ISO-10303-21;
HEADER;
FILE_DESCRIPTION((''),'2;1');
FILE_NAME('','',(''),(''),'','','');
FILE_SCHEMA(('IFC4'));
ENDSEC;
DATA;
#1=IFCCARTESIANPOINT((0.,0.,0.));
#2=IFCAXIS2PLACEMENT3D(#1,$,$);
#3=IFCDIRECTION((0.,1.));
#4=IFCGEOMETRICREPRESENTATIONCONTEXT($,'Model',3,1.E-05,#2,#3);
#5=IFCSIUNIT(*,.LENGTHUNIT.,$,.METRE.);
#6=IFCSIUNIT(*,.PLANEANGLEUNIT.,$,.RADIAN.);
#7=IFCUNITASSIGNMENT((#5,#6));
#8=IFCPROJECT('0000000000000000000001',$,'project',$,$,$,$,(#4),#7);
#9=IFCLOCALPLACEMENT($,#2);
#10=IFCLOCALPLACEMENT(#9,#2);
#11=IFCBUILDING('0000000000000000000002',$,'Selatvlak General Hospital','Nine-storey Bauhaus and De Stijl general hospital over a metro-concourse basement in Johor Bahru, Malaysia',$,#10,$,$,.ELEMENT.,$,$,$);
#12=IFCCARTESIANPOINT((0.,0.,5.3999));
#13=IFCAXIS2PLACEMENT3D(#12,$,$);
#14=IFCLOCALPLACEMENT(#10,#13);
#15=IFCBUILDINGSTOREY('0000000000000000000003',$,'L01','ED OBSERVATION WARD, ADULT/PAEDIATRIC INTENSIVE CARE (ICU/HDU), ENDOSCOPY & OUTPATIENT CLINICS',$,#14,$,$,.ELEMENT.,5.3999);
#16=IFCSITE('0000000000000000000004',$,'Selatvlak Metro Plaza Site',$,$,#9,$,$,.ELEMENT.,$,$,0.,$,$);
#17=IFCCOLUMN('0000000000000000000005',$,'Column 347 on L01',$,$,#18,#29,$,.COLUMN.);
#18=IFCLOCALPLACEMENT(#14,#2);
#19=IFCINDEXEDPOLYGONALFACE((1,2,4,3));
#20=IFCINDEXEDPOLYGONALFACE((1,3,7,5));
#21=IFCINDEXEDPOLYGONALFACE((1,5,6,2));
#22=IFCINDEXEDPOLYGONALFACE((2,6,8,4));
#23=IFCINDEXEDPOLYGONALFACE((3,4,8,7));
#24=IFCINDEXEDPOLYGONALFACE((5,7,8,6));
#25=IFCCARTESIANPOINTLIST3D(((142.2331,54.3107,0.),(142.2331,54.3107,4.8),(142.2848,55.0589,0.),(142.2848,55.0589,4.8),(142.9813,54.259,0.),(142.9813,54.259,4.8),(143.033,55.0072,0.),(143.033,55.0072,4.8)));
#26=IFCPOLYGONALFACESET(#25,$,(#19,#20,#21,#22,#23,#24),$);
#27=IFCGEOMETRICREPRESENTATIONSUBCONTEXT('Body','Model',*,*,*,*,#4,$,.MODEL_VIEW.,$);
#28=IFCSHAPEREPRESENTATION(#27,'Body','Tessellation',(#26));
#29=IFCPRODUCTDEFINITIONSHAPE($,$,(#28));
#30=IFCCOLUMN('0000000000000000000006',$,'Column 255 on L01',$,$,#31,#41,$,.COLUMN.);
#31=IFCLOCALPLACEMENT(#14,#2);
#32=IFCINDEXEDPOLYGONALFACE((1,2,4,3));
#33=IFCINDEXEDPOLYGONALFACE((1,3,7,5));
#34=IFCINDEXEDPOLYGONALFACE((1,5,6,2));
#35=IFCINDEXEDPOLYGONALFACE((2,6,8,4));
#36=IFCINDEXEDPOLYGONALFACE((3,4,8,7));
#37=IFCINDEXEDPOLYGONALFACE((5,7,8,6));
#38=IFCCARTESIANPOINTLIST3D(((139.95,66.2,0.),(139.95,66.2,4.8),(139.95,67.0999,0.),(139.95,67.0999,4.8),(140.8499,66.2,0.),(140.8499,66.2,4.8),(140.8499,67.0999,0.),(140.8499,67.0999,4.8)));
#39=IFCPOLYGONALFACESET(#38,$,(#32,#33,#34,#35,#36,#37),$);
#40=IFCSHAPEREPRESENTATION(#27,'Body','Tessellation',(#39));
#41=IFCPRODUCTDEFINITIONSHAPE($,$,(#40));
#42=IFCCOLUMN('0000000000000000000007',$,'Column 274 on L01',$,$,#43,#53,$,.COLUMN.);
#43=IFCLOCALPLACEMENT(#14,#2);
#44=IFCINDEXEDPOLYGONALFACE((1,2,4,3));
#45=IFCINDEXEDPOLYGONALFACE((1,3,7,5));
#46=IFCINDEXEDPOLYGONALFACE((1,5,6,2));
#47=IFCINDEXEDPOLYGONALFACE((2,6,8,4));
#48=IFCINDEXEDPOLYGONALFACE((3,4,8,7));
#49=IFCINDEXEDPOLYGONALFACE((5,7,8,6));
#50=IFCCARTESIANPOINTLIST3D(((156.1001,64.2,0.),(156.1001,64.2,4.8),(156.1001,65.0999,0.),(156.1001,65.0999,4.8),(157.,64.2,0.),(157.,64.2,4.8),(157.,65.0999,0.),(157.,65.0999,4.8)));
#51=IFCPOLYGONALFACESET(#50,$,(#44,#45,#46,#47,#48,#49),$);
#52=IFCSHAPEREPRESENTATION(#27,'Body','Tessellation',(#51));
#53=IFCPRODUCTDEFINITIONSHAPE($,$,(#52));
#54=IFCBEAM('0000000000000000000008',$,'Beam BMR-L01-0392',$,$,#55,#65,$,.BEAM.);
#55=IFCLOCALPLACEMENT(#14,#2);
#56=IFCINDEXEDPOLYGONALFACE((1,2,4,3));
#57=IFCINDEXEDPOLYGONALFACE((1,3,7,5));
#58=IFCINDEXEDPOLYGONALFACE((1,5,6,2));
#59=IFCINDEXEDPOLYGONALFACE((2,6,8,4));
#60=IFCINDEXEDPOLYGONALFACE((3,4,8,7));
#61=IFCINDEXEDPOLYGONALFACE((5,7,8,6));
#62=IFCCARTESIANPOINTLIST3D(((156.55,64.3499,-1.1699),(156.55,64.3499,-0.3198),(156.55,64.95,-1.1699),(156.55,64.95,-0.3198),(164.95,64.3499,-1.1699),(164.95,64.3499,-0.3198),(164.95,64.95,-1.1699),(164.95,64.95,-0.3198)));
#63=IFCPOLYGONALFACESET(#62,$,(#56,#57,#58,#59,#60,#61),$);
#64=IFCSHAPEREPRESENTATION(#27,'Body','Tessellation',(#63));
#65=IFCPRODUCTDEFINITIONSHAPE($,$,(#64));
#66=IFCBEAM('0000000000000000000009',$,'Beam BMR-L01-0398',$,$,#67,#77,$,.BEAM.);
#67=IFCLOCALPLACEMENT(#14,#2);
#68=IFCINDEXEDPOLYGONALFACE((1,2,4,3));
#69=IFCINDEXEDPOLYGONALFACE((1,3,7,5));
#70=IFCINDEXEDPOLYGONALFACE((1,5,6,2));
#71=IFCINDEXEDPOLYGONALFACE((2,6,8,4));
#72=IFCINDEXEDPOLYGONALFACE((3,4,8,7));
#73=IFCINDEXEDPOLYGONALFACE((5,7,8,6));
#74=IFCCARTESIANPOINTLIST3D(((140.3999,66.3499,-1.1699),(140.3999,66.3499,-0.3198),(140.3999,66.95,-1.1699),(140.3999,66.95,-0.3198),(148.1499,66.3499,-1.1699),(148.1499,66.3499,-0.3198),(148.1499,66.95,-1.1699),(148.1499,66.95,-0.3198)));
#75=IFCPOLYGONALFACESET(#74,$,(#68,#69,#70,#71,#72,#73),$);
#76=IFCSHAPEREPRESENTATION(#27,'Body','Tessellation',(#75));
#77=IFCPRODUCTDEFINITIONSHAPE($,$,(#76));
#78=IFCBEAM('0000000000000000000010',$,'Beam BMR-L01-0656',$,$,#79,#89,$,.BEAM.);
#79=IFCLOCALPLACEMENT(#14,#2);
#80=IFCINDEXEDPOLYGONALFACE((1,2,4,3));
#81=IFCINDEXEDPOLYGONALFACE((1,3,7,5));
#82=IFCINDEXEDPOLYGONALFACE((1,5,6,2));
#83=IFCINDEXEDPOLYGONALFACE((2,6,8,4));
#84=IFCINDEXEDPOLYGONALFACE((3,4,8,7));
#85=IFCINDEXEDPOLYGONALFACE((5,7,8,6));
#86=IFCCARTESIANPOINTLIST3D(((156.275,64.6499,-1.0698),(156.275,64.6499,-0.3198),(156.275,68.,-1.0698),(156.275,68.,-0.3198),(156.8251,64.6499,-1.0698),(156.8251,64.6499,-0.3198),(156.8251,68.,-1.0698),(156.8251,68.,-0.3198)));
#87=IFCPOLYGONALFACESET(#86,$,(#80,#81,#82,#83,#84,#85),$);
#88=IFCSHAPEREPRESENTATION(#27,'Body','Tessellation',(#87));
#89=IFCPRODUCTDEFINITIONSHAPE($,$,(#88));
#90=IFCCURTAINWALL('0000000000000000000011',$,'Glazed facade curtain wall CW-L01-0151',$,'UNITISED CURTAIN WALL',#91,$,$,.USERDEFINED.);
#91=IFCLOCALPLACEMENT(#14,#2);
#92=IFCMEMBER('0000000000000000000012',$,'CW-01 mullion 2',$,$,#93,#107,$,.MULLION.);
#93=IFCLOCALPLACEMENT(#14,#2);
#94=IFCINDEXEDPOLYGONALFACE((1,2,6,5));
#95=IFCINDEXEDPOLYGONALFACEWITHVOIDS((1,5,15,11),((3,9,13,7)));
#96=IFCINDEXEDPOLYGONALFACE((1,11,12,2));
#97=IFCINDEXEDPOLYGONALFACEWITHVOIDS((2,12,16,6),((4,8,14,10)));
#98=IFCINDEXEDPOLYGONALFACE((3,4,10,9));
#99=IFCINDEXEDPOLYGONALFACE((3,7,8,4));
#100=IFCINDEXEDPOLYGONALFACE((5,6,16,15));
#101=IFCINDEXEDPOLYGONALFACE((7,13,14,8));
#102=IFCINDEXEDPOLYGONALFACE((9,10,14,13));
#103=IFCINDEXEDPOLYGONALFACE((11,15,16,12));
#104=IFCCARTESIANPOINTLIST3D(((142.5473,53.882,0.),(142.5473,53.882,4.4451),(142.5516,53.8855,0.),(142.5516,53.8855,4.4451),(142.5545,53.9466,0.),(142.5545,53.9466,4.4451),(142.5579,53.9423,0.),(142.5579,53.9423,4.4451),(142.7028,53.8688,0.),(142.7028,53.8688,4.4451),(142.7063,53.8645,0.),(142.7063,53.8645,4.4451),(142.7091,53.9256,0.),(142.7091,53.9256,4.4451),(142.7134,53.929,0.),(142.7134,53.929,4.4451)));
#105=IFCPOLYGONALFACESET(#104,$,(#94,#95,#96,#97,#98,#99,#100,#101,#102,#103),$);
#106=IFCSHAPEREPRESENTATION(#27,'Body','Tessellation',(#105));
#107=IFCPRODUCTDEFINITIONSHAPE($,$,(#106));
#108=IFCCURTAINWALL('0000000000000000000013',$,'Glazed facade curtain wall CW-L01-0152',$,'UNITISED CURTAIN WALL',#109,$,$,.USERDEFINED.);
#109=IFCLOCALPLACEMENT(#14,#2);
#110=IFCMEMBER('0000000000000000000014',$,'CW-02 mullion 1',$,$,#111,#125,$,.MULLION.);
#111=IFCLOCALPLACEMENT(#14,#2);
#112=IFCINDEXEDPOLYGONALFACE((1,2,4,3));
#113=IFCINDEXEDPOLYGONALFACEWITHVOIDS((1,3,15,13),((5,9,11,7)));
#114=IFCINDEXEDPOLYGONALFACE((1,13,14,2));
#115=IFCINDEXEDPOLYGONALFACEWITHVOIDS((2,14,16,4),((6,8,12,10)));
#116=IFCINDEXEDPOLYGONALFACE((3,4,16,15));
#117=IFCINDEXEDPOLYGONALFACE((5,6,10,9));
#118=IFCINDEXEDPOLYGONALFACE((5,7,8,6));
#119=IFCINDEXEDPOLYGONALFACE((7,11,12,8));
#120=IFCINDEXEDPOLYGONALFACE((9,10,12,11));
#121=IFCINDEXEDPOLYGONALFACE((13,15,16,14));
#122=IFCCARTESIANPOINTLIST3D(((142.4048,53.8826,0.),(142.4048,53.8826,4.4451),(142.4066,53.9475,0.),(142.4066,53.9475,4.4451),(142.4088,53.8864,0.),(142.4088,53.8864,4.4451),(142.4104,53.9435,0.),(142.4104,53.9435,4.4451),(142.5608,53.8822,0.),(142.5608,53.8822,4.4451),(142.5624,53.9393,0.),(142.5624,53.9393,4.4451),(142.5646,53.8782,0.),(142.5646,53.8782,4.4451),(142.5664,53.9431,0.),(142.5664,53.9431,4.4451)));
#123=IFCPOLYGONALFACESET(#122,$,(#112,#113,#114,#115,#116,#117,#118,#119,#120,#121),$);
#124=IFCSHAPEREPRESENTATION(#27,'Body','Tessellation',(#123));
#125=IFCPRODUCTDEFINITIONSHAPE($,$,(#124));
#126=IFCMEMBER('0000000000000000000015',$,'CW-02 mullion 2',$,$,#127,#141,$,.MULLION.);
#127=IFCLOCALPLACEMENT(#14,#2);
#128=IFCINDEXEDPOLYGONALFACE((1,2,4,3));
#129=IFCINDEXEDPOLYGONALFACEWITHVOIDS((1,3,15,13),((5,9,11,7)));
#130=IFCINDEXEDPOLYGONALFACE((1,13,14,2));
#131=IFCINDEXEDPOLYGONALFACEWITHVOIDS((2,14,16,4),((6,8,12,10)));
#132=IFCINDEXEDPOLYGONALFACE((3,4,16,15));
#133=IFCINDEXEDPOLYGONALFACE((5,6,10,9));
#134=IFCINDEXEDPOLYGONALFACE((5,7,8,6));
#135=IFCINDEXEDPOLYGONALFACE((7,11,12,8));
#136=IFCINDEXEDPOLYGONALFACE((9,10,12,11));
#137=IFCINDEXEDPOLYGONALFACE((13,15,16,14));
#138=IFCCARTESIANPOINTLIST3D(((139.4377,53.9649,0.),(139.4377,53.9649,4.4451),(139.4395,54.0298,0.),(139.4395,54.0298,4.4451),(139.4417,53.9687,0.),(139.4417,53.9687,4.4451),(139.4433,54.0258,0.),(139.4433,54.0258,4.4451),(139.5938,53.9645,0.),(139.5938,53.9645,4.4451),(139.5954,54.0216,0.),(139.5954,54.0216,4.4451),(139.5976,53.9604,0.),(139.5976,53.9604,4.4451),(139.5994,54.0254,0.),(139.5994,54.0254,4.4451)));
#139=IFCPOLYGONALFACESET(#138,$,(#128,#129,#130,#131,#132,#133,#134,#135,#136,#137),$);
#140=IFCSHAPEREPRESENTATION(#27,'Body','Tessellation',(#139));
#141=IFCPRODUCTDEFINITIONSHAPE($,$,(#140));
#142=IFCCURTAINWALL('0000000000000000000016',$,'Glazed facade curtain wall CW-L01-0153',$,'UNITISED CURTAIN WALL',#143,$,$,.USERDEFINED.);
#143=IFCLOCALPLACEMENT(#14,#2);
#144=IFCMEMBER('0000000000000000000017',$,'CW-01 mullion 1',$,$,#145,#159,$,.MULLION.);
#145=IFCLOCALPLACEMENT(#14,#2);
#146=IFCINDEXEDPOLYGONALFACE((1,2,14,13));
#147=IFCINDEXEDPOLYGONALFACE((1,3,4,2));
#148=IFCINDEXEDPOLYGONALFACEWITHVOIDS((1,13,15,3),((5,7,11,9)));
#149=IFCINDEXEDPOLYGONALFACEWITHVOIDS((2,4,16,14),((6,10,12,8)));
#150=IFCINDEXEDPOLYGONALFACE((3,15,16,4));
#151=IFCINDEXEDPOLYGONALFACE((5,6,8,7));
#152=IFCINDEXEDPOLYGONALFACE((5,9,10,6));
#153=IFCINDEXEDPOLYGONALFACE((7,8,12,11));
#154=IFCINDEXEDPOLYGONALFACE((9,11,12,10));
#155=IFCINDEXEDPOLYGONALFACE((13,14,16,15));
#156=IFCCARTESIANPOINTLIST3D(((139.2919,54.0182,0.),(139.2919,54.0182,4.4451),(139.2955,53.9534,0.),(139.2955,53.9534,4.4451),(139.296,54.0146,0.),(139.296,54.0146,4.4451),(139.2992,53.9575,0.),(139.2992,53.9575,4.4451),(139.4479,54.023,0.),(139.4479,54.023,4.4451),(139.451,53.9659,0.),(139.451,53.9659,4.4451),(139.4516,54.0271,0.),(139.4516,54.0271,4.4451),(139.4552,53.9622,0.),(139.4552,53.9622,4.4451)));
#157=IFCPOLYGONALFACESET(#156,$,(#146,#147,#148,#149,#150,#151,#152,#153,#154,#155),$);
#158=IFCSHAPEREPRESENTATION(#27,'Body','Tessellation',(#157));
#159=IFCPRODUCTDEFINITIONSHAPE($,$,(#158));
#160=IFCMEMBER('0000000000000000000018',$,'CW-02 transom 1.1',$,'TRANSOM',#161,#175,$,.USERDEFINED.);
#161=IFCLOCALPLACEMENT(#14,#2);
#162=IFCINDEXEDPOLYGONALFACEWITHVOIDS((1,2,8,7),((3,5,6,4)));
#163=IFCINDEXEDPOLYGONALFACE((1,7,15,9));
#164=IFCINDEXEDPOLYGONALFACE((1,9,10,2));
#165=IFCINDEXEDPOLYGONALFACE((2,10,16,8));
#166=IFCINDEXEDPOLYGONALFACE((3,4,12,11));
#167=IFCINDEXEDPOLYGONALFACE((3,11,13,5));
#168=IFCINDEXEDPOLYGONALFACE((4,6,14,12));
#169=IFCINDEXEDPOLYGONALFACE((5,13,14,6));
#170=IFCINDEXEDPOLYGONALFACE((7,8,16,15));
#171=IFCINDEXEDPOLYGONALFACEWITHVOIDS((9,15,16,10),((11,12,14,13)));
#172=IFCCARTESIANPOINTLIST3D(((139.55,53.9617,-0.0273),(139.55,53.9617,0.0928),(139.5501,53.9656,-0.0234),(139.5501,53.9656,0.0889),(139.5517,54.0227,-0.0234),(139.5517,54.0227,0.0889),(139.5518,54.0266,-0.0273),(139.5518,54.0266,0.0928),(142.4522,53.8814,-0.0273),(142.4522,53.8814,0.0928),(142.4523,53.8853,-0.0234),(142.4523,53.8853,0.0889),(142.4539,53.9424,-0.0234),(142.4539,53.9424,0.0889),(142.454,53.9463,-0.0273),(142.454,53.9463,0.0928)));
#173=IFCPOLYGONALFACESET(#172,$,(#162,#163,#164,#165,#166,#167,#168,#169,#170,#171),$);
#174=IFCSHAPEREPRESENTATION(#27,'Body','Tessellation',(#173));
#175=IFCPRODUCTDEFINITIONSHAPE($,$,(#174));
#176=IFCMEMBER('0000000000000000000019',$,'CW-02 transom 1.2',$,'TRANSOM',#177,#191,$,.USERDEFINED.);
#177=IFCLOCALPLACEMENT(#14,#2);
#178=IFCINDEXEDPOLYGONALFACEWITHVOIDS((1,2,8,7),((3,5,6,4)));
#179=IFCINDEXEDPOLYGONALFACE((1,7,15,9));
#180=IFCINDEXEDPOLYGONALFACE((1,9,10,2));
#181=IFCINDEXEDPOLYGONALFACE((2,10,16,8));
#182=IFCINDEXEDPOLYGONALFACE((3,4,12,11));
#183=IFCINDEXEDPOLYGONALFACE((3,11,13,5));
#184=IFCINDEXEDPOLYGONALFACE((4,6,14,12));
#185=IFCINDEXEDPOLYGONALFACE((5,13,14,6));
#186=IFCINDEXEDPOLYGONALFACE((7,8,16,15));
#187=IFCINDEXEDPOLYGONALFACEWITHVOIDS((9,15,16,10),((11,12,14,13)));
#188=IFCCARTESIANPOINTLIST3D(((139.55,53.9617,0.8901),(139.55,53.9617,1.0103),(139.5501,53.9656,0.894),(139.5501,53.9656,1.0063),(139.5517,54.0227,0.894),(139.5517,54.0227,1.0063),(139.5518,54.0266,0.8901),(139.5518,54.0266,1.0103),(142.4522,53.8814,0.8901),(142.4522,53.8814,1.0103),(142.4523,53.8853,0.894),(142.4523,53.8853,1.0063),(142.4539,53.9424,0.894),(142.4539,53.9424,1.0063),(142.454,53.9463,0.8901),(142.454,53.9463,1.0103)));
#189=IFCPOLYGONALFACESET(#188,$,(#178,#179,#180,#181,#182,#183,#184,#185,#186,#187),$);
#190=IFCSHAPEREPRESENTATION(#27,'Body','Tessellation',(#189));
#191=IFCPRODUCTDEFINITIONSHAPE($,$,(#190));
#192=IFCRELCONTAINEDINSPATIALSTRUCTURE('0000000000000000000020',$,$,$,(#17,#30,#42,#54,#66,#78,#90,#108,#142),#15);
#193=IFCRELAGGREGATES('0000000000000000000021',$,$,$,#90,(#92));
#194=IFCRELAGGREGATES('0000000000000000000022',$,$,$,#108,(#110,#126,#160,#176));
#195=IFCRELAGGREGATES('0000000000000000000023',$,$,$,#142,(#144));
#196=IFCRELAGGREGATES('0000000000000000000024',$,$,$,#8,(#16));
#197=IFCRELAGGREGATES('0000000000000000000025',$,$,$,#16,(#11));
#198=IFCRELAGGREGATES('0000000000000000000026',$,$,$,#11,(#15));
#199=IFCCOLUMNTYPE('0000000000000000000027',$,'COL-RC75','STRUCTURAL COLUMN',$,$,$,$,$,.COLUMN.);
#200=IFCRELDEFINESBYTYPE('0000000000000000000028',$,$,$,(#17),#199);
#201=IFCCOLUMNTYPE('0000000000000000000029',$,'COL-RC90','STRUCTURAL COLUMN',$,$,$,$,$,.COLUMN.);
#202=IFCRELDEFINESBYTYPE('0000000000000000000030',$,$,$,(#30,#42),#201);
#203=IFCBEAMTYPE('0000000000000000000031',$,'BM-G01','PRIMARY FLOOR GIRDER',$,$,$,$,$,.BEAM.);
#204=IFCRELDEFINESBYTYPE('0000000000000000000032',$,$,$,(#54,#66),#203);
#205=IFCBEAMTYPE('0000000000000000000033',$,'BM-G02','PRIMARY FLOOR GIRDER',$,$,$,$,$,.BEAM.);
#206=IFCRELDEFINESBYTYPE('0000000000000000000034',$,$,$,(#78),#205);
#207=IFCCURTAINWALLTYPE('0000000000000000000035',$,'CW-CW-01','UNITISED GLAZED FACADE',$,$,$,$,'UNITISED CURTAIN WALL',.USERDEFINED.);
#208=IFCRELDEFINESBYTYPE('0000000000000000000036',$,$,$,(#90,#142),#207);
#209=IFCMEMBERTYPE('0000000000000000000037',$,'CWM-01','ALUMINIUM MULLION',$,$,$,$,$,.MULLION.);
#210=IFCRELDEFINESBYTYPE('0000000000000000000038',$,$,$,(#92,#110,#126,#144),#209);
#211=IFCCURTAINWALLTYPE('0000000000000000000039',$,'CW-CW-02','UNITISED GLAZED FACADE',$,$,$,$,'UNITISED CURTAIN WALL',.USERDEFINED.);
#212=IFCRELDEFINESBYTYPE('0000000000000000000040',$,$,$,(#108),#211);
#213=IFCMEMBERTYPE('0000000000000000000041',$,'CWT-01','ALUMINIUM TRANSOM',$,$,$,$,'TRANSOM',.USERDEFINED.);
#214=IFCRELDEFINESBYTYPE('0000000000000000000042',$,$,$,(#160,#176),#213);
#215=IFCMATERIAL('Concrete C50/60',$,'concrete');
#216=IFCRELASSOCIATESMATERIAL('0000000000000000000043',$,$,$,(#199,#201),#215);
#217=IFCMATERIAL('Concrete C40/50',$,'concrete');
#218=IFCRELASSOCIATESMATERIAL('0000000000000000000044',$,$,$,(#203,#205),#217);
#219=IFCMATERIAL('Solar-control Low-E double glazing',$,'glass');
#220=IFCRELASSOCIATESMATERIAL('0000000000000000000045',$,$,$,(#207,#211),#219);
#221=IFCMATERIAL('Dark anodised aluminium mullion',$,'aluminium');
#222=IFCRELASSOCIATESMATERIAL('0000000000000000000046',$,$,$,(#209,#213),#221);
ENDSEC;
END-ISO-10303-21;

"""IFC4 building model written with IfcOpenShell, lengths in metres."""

from ifc_helpers import new_model, si_unit, direction, frame, origin, origin_2d, place, context, subcontext, project, spatial, rectangle, hollow_rectangle, extrude, material, material_profile, profile_set, type_object, element, aggregate, save


model = new_model("IFC4")

# Units and contexts
model_context = context("Model", 3, precision=1e-05, world=origin(), true_north=direction((0.0, 1.0)))
body_context = subcontext(model_context, "Body", "Model", "MODEL_VIEW")
ifc_project = project(units=[si_unit("LENGTHUNIT", "METRE"), si_unit("PLANEANGLEUNIT", "RADIAN")], contexts=[model_context])

# Site, building, storey
site_placement = place(None, origin())
site = spatial("IfcSite", under=ifc_project, at=site_placement, Name="Selatvlak Metro Plaza Site", CompositionType="ELEMENT", RefElevation=0.0)
building_placement = place(site_placement, origin())
building = spatial("IfcBuilding", under=site, at=building_placement, Name="Selatvlak General Hospital", Description="Nine-storey Bauhaus and De Stijl general hospital over a metro-concourse basement in Johor Bahru, Malaysia", CompositionType="ELEMENT")
storey_placement = place(building_placement, frame((0.0, 0.0, 5.3999)))
storey = spatial("IfcBuildingStorey", under=building, at=storey_placement, Name="L01", Description="ED OBSERVATION WARD, ADULT/PAEDIATRIC INTENSIVE CARE (ICU/HDU), ENDOSCOPY & OUTPATIENT CLINICS", CompositionType="ELEMENT", Elevation=5.3999)

# Columns
ifc_material_1 = material(Name="Concrete C50/60", Category="concrete")
ifc_material_profile_1 = material_profile(ifc_material_1, rectangle(XDim=0.75, YDim=0.75, at=origin_2d()), Name="RC-COL 750x750")
ifc_profile_set_1 = profile_set([ifc_material_profile_1], Name="Concrete C50/60")
column_type_1 = type_object("IfcColumnType", Name="COL-RC75", Description="STRUCTURAL COLUMN", PredefinedType="COLUMN", material=ifc_profile_set_1)
column_placement = place(storey_placement, frame((142.6331, 54.6589, 0.0), z_axis=(0.0, 0.0, 1.0), x_axis=(0.068938, 0.997621, 0.0)))
element("IfcColumn", 1, at=column_placement, inside=storey, type_object=column_type_1, Name="Column 347 on L01", PredefinedType="COLUMN", context=body_context, shape_type="SweptSolid", body=[
    extrude(rectangle(XDim=0.75, YDim=0.75, at=origin_2d()), origin(), (0.0, 0.0, 1.0), 4.8),
])
ifc_material_profile_2 = material_profile(ifc_material_1, rectangle(XDim=0.8999, YDim=0.8999, at=origin_2d()), Name="RC-COL 900x900")
ifc_profile_set_2 = profile_set([ifc_material_profile_2], Name="Concrete C50/60")
column_type_2 = type_object("IfcColumnType", Name="COL-RC90", Description="STRUCTURAL COLUMN", PredefinedType="COLUMN", material=ifc_profile_set_2)
for number, where, z_axis, x_axis, name in (
    (2, (140.3999, 66.6499, 0.0), (0.0, 0.0, 1.0), (1.0, 0.0, 0.0), "Column 255 on L01"),
    (3, (156.55, 64.6499, 0.0), (0.0, 0.0, 1.0), (1.0, 0.0, 0.0), "Column 274 on L01"),
):
    element("IfcColumn", number, at=place(storey_placement, frame(where, z_axis=z_axis, x_axis=x_axis)), inside=storey, type_object=column_type_2, Name=name, PredefinedType="COLUMN", context=body_context, shape_type="SweptSolid", body=[
        extrude(rectangle(XDim=0.8999, YDim=0.8999, at=origin_2d()), origin(), (0.0, 0.0, 1.0), 4.8),
    ])

# Beams
ifc_material_2 = material(Name="Concrete C40/50", Category="concrete")
ifc_material_profile_3 = material_profile(ifc_material_2, rectangle(XDim=0.6001, YDim=0.8501, at=origin_2d()), Name="RC-BM 600x850")
ifc_profile_set_3 = profile_set([ifc_material_profile_3], Name="Concrete C40/50")
beam_type_1 = type_object("IfcBeamType", Name="BM-G01", Description="PRIMARY FLOOR GIRDER", PredefinedType="BEAM", material=ifc_profile_set_3)
beam_1_placement = place(storey_placement, frame((156.55, 64.6499, -0.7449), z_axis=(1.0, 0.0, 0.0), x_axis=(0.0, 1.0, 0.0)))
element("IfcBeam", 4, at=beam_1_placement, inside=storey, type_object=beam_type_1, Name="Beam BMR-L01-0392", PredefinedType="BEAM", context=body_context, shape_type="SweptSolid", body=[
    extrude(rectangle(XDim=0.6001, YDim=0.8501, at=origin_2d()), origin(), (0.0, 0.0, 1.0), 8.3999),
])
beam_2_placement = place(storey_placement, frame((140.3999, 66.6499, -0.7449), z_axis=(1.0, 0.0, 0.0), x_axis=(0.0, 1.0, 0.0)))
element("IfcBeam", 5, at=beam_2_placement, inside=storey, type_object=beam_type_1, Name="Beam BMR-L01-0398", PredefinedType="BEAM", context=body_context, shape_type="SweptSolid", body=[
    extrude(rectangle(XDim=0.6001, YDim=0.8501, at=origin_2d()), origin(), (0.0, 0.0, 1.0), 7.75),
])
ifc_material_profile_4 = material_profile(ifc_material_2, rectangle(XDim=0.55, YDim=0.75, at=origin_2d()), Name="RC-BM 550x750")
ifc_profile_set_4 = profile_set([ifc_material_profile_4], Name="Concrete C40/50")
beam_type_2 = type_object("IfcBeamType", Name="BM-G02", Description="PRIMARY FLOOR GIRDER", PredefinedType="BEAM", material=ifc_profile_set_4)
beam_3_placement = place(storey_placement, frame((156.55, 64.6499, -0.6948), z_axis=(0.0, 1.0, 0.0), x_axis=(-1.0, 0.0, 0.0)))
element("IfcBeam", 6, at=beam_3_placement, inside=storey, type_object=beam_type_2, Name="Beam BMR-L01-0656", PredefinedType="BEAM", context=body_context, shape_type="SweptSolid", body=[
    extrude(rectangle(XDim=0.55, YDim=0.75, at=origin_2d()), origin(), (0.0, 0.0, 1.0), 3.3501),
])

# Curtain wall, member
ifc_material_3 = material(Name="Solar-control Low-E double glazing", Category="glass")
curtain_wall_type_1 = type_object("IfcCurtainWallType", Name="CW-CW-01", Description="UNITISED GLAZED FACADE", ElementType="UNITISED CURTAIN WALL", PredefinedType="USERDEFINED", material=ifc_material_3)
curtain_wall_1_placement = place(storey_placement, origin())
curtain_wall_1 = element("IfcCurtainWall", 7, at=curtain_wall_1_placement, inside=storey, type_object=curtain_wall_type_1, Name="Glazed facade curtain wall CW-L01-0151", ObjectType="UNITISED CURTAIN WALL", PredefinedType="USERDEFINED")
ifc_material_4 = material(Name="Dark anodised aluminium mullion", Category="aluminium")
ifc_material_profile_5 = material_profile(ifc_material_4, hollow_rectangle(XDim=0.0649, YDim=0.1599, WallThickness=0.0039, at=origin_2d()), Name="AL-MUL 65x160x4")
ifc_profile_set_5 = profile_set([ifc_material_profile_5], Name="Dark anodised aluminium mullion")
member_type_1 = type_object("IfcMemberType", Name="CWM-01", Description="ALUMINIUM MULLION", PredefinedType="MULLION", material=ifc_profile_set_5)
member_1_placement = place(storey_placement, frame((142.6304, 53.9055, 0.0), z_axis=(0.0, 0.0, 1.0), x_axis=(-0.10978, -0.993956, 0.0)))
member_1 = element("IfcMember", 8, at=member_1_placement, type_object=member_type_1, Name="CW-01 mullion 2", PredefinedType="MULLION", context=body_context, shape_type="SweptSolid", body=[
    extrude(hollow_rectangle(XDim=0.0649, YDim=0.1599, WallThickness=0.0039, at=origin_2d()), origin(), (0.0, 0.0, 1.0), 4.4451),
])

# Curtain wall, members
curtain_wall_type_2 = type_object("IfcCurtainWallType", Name="CW-CW-02", Description="UNITISED GLAZED FACADE", ElementType="UNITISED CURTAIN WALL", PredefinedType="USERDEFINED", material=ifc_material_3)
curtain_wall_2_placement = place(storey_placement, origin())
curtain_wall_2 = element("IfcCurtainWall", 9, at=curtain_wall_2_placement, inside=storey, type_object=curtain_wall_type_2, Name="Glazed facade curtain wall CW-L01-0152", ObjectType="UNITISED CURTAIN WALL", PredefinedType="USERDEFINED")
member_2_placement = place(storey_placement, frame((142.4856, 53.9128, 0.0), z_axis=(0.0, 0.0, 1.0), x_axis=(-0.027694, -0.999616, 0.0)))
member_2 = element("IfcMember", 10, at=member_2_placement, type_object=member_type_1, Name="CW-02 mullion 1", PredefinedType="MULLION", context=body_context, shape_type="SweptSolid", body=[
    extrude(hollow_rectangle(XDim=0.0649, YDim=0.1599, WallThickness=0.0039, at=origin_2d()), origin(), (0.0, 0.0, 1.0), 4.4451),
])
member_3_placement = place(storey_placement, frame((139.5186, 53.9951, 0.0), z_axis=(0.0, 0.0, 1.0), x_axis=(-0.027694, -0.999616, 0.0)))
member_3 = element("IfcMember", 11, at=member_3_placement, type_object=member_type_1, Name="CW-02 mullion 2", PredefinedType="MULLION", context=body_context, shape_type="SweptSolid", body=[
    extrude(hollow_rectangle(XDim=0.0649, YDim=0.1599, WallThickness=0.0039, at=origin_2d()), origin(), (0.0, 0.0, 1.0), 4.4451),
])

# Curtain wall, member
curtain_wall_3_placement = place(storey_placement, origin())
curtain_wall_3 = element("IfcCurtainWall", 12, at=curtain_wall_3_placement, inside=storey, type_object=curtain_wall_type_1, Name="Glazed facade curtain wall CW-L01-0153", ObjectType="UNITISED CURTAIN WALL", PredefinedType="USERDEFINED")
member_4_placement = place(storey_placement, frame((139.3735, 53.9902, 0.0), z_axis=(0.0, 0.0, 1.0), x_axis=(0.055159, -0.998478, 0.0)))
member_4 = element("IfcMember", 13, at=member_4_placement, type_object=member_type_1, Name="CW-01 mullion 1", PredefinedType="MULLION", context=body_context, shape_type="SweptSolid", body=[
    extrude(hollow_rectangle(XDim=0.0649, YDim=0.1599, WallThickness=0.0039, at=origin_2d()), origin(), (0.0, 0.0, 1.0), 4.4451),
])

# Members
ifc_material_profile_6 = material_profile(ifc_material_4, hollow_rectangle(XDim=0.0649, YDim=0.1201, WallThickness=0.0039, at=origin_2d()), Name="AL-TRN 65x120x4")
ifc_profile_set_6 = profile_set([ifc_material_profile_6], Name="Dark anodised aluminium mullion")
member_type_2 = type_object("IfcMemberType", Name="CWT-01", Description="ALUMINIUM TRANSOM", ElementType="TRANSOM", PredefinedType="USERDEFINED", material=ifc_profile_set_6)
member_5_placement = place(storey_placement, frame((142.4531, 53.9138, 0.0327), z_axis=(-0.999617, 0.027667, 0.0), x_axis=(-0.027667, -0.999617, 0.0)))
member_5 = element("IfcMember", 14, at=member_5_placement, type_object=member_type_2, Name="CW-02 transom 1.1", ObjectType="TRANSOM", PredefinedType="USERDEFINED", context=body_context, shape_type="SweptSolid", body=[
    extrude(hollow_rectangle(XDim=0.0649, YDim=0.1201, WallThickness=0.0039, at=origin_2d()), origin(), (0.0, 0.0, 1.0), 2.9033),
])
member_6_placement = place(storey_placement, frame((142.4531, 53.9138, 0.9502), z_axis=(-0.999617, 0.027667, 0.0), x_axis=(-0.027667, -0.999617, 0.0)))
member_6 = element("IfcMember", 15, at=member_6_placement, type_object=member_type_2, Name="CW-02 transom 1.2", ObjectType="TRANSOM", PredefinedType="USERDEFINED", context=body_context, shape_type="SweptSolid", body=[
    extrude(hollow_rectangle(XDim=0.0649, YDim=0.1201, WallThickness=0.0039, at=origin_2d()), origin(), (0.0, 0.0, 1.0), 2.9033),
])

aggregate(curtain_wall_1, [member_1])
aggregate(curtain_wall_2, [member_2, member_3, member_5, member_6])
aggregate(curtain_wall_3, [member_4])

save(model, "model.ifc")
